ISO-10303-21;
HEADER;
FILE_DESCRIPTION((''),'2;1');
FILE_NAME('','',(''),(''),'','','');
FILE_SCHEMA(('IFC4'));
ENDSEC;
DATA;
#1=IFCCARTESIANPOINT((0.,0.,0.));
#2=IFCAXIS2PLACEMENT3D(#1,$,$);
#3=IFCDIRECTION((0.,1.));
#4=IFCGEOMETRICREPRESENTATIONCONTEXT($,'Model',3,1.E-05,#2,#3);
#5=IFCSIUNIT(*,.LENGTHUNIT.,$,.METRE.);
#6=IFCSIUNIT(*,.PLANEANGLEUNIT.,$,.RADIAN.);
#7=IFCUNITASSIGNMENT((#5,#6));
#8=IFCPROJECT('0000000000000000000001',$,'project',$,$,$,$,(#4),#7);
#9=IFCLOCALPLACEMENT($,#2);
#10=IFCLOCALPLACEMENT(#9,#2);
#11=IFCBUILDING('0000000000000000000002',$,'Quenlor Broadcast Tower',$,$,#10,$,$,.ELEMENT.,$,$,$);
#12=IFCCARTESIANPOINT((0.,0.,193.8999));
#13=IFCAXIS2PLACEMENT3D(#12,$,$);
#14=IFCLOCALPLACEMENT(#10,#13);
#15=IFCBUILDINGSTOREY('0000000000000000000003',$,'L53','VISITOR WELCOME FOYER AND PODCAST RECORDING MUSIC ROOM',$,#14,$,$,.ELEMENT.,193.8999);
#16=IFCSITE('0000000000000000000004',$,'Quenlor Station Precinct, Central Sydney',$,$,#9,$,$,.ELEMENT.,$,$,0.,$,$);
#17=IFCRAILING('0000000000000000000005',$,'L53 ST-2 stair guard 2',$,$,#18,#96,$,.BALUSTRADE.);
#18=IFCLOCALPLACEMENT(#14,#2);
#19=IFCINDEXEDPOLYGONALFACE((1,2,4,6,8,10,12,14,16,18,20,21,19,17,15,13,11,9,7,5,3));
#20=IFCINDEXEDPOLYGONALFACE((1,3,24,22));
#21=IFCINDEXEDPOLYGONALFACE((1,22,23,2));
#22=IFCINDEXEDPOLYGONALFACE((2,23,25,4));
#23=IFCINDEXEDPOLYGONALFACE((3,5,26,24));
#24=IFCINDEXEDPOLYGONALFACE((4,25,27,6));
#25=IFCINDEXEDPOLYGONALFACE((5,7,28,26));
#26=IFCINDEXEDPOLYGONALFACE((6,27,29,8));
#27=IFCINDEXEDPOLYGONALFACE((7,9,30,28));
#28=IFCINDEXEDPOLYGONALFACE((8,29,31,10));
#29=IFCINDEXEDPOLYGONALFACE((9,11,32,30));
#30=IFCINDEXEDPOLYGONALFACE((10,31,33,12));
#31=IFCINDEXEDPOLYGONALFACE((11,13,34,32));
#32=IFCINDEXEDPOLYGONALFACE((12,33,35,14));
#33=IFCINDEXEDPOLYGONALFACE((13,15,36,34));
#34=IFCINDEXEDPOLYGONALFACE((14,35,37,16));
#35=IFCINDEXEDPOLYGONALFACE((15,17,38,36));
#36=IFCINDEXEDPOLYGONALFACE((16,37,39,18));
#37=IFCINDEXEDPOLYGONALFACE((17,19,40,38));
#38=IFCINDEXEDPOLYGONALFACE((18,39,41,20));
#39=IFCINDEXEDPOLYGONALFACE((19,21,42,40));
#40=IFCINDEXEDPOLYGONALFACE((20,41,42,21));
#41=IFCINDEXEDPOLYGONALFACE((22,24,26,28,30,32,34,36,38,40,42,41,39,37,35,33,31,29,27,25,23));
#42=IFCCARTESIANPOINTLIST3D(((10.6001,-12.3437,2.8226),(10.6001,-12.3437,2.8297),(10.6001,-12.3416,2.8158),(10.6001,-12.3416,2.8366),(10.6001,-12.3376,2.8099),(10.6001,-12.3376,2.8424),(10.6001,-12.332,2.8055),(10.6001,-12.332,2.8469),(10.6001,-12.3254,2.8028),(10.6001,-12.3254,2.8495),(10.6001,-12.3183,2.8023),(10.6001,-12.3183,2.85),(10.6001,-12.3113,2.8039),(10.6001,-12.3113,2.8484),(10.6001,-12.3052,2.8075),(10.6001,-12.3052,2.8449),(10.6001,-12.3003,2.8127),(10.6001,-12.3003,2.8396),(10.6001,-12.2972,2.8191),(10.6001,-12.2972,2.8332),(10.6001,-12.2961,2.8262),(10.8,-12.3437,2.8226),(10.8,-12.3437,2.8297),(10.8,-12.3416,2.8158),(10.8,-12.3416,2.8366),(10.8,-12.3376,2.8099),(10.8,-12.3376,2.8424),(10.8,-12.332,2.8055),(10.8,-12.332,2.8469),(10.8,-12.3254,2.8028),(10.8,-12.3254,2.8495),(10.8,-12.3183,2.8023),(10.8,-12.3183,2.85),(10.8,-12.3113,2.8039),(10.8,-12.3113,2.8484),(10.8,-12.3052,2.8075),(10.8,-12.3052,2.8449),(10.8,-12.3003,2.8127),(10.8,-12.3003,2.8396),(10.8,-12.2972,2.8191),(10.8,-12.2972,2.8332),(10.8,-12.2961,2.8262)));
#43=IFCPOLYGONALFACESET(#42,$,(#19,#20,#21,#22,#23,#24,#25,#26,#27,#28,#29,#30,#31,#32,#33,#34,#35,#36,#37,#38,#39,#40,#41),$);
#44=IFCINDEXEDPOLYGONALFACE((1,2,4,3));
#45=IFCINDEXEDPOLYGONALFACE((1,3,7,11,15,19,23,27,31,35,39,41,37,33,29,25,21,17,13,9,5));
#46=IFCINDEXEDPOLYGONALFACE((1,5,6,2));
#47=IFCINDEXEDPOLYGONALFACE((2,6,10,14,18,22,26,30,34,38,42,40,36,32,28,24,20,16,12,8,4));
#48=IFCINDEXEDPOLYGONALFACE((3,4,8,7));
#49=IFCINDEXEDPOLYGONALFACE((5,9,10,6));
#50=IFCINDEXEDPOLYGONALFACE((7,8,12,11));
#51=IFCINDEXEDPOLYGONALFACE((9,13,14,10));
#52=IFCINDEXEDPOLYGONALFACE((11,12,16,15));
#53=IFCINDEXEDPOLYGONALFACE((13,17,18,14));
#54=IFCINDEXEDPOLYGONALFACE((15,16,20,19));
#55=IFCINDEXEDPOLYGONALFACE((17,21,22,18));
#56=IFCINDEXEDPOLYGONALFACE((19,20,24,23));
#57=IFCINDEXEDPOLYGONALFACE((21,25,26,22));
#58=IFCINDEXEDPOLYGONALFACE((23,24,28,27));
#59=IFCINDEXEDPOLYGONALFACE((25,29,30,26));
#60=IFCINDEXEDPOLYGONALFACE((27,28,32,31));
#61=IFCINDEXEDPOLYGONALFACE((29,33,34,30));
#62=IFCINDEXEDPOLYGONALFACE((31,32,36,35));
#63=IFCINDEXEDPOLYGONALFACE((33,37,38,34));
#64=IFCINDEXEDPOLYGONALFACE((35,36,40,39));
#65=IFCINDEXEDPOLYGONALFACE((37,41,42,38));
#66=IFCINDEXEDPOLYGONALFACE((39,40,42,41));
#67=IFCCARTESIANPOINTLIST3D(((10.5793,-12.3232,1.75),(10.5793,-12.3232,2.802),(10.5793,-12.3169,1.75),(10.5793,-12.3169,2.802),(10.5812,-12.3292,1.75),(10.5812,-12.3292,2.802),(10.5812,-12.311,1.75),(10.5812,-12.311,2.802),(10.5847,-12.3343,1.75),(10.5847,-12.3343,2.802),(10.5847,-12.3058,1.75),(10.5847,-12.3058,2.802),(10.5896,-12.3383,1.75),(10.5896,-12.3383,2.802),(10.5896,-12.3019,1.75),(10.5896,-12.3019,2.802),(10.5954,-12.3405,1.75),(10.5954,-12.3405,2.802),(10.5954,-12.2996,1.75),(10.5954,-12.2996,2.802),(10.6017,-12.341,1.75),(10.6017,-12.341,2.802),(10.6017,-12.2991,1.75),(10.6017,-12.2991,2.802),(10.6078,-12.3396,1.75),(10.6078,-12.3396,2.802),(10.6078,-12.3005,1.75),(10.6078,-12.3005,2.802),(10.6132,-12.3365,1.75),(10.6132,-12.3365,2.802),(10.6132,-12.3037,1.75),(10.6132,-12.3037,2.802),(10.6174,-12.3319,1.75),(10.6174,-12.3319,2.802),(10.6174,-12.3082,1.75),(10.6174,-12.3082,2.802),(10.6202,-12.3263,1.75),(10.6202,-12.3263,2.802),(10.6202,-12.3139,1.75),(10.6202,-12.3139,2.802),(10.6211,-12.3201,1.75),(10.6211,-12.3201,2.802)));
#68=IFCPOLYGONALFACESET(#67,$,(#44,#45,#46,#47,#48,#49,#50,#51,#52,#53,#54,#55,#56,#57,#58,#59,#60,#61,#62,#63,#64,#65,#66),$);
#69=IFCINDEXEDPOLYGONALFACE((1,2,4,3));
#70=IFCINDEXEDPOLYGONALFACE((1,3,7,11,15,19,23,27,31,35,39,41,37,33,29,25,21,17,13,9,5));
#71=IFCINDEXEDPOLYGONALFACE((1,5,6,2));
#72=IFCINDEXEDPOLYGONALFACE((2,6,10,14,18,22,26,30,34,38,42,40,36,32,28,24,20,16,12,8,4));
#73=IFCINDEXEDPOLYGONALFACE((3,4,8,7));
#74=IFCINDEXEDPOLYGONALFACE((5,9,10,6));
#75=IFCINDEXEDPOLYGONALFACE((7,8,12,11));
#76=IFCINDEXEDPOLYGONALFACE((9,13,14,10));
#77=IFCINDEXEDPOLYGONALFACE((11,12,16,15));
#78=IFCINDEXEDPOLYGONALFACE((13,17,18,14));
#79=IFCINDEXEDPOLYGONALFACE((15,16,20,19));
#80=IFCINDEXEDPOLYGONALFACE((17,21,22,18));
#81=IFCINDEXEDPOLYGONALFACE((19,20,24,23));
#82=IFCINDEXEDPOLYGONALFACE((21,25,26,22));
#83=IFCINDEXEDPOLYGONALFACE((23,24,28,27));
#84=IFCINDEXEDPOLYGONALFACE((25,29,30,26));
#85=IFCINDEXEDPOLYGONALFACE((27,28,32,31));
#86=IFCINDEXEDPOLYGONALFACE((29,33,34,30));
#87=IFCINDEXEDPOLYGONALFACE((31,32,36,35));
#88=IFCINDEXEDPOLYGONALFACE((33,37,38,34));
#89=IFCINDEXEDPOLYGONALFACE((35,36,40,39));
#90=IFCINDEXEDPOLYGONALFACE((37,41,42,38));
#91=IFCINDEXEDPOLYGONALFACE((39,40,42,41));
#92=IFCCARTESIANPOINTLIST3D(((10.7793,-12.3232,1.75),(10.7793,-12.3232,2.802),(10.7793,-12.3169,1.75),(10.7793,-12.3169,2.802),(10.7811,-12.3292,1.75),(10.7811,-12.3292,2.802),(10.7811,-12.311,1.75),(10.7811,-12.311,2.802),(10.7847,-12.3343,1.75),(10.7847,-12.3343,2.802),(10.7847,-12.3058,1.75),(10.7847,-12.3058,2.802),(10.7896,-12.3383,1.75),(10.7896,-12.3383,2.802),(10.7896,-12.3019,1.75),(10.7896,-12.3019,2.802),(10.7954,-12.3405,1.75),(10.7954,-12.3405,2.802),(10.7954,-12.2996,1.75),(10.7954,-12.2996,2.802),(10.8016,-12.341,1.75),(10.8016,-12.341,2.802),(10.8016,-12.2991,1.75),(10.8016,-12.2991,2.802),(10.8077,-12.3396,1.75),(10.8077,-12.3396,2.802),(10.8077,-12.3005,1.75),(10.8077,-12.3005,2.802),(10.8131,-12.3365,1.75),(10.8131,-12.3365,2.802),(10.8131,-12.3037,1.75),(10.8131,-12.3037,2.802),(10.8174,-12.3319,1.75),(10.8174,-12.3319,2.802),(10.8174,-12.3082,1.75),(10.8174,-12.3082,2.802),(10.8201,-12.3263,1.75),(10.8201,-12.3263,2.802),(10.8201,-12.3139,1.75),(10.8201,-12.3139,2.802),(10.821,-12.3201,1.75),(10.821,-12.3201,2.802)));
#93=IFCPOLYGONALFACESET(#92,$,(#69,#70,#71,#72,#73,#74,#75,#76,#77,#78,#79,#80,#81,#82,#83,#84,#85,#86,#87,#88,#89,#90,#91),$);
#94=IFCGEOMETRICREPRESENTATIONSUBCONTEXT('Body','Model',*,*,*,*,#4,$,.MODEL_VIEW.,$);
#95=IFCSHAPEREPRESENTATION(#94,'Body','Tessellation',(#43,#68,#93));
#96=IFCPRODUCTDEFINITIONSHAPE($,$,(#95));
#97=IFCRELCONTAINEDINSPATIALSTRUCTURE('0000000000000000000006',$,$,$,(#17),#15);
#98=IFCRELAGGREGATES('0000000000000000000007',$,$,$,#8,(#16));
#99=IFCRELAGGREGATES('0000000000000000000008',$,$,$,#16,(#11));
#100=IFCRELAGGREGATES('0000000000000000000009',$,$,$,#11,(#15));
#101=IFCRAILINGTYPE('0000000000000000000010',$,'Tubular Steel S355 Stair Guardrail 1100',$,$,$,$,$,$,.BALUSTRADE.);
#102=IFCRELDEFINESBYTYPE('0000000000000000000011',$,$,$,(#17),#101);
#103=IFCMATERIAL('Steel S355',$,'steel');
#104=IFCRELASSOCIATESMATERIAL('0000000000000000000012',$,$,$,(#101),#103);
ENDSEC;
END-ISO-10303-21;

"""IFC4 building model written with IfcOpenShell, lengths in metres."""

from ifc_helpers import new_model, si_unit, direction, frame, origin, origin_2d, place, context, subcontext, project, spatial, circle, extrude, material, type_object, element, save


model = new_model("IFC4")

# Units and contexts
model_context = context("Model", 3, precision=1e-05, world=origin(), true_north=direction((0.0, 1.0)))
body_context = subcontext(model_context, "Body", "Model", "MODEL_VIEW")
ifc_project = project(units=[si_unit("LENGTHUNIT", "METRE"), si_unit("PLANEANGLEUNIT", "RADIAN")], contexts=[model_context])

# Site, building, storey
site_placement = place(None, origin())
site = spatial("IfcSite", under=ifc_project, at=site_placement, Name="Quenlor Station Precinct, Central Sydney", CompositionType="ELEMENT", RefElevation=0.0)
building_placement = place(site_placement, origin())
building = spatial("IfcBuilding", under=site, at=building_placement, Name="Quenlor Broadcast Tower", CompositionType="ELEMENT")
storey_placement = place(building_placement, frame((0.0, 0.0, 193.8999)))
storey = spatial("IfcBuildingStorey", under=building, at=storey_placement, Name="L53", Description="VISITOR WELCOME FOYER AND PODCAST RECORDING MUSIC ROOM", CompositionType="ELEMENT", Elevation=193.8999)

# Railing
ifc_material_1 = material(Name="Steel S355", Category="steel")
railing_type_1 = type_object("IfcRailingType", Name="Tubular Steel S355 Stair Guardrail 1100", PredefinedType="BALUSTRADE", material=ifc_material_1)
railing_1_placement = place(storey_placement, frame((10.6001, -12.3201, 1.75)))
element("IfcRailing", 1, at=railing_1_placement, inside=storey, type_object=railing_type_1, Name="L53 ST-2 stair guard 2", PredefinedType="BALUSTRADE", context=body_context, shape_type="SweptSolid", body=[
    extrude(circle(Radius=0.0239, at=origin_2d()), frame((0.0, 0.0, 1.0762), z_axis=(1.0, 0.0, 0.0), x_axis=(0.0, 1.0, 0.0)), (0.0, 0.0, 1.0), 0.2),
    extrude(circle(Radius=0.021, at=origin_2d()), origin(), (0.0, 0.0, 1.0), 1.052),
    extrude(circle(Radius=0.021, at=origin_2d()), frame((0.2, 0.0, 0.0)), (0.0, 0.0, 1.0), 1.052),
])

save(model, "model.ifc")
